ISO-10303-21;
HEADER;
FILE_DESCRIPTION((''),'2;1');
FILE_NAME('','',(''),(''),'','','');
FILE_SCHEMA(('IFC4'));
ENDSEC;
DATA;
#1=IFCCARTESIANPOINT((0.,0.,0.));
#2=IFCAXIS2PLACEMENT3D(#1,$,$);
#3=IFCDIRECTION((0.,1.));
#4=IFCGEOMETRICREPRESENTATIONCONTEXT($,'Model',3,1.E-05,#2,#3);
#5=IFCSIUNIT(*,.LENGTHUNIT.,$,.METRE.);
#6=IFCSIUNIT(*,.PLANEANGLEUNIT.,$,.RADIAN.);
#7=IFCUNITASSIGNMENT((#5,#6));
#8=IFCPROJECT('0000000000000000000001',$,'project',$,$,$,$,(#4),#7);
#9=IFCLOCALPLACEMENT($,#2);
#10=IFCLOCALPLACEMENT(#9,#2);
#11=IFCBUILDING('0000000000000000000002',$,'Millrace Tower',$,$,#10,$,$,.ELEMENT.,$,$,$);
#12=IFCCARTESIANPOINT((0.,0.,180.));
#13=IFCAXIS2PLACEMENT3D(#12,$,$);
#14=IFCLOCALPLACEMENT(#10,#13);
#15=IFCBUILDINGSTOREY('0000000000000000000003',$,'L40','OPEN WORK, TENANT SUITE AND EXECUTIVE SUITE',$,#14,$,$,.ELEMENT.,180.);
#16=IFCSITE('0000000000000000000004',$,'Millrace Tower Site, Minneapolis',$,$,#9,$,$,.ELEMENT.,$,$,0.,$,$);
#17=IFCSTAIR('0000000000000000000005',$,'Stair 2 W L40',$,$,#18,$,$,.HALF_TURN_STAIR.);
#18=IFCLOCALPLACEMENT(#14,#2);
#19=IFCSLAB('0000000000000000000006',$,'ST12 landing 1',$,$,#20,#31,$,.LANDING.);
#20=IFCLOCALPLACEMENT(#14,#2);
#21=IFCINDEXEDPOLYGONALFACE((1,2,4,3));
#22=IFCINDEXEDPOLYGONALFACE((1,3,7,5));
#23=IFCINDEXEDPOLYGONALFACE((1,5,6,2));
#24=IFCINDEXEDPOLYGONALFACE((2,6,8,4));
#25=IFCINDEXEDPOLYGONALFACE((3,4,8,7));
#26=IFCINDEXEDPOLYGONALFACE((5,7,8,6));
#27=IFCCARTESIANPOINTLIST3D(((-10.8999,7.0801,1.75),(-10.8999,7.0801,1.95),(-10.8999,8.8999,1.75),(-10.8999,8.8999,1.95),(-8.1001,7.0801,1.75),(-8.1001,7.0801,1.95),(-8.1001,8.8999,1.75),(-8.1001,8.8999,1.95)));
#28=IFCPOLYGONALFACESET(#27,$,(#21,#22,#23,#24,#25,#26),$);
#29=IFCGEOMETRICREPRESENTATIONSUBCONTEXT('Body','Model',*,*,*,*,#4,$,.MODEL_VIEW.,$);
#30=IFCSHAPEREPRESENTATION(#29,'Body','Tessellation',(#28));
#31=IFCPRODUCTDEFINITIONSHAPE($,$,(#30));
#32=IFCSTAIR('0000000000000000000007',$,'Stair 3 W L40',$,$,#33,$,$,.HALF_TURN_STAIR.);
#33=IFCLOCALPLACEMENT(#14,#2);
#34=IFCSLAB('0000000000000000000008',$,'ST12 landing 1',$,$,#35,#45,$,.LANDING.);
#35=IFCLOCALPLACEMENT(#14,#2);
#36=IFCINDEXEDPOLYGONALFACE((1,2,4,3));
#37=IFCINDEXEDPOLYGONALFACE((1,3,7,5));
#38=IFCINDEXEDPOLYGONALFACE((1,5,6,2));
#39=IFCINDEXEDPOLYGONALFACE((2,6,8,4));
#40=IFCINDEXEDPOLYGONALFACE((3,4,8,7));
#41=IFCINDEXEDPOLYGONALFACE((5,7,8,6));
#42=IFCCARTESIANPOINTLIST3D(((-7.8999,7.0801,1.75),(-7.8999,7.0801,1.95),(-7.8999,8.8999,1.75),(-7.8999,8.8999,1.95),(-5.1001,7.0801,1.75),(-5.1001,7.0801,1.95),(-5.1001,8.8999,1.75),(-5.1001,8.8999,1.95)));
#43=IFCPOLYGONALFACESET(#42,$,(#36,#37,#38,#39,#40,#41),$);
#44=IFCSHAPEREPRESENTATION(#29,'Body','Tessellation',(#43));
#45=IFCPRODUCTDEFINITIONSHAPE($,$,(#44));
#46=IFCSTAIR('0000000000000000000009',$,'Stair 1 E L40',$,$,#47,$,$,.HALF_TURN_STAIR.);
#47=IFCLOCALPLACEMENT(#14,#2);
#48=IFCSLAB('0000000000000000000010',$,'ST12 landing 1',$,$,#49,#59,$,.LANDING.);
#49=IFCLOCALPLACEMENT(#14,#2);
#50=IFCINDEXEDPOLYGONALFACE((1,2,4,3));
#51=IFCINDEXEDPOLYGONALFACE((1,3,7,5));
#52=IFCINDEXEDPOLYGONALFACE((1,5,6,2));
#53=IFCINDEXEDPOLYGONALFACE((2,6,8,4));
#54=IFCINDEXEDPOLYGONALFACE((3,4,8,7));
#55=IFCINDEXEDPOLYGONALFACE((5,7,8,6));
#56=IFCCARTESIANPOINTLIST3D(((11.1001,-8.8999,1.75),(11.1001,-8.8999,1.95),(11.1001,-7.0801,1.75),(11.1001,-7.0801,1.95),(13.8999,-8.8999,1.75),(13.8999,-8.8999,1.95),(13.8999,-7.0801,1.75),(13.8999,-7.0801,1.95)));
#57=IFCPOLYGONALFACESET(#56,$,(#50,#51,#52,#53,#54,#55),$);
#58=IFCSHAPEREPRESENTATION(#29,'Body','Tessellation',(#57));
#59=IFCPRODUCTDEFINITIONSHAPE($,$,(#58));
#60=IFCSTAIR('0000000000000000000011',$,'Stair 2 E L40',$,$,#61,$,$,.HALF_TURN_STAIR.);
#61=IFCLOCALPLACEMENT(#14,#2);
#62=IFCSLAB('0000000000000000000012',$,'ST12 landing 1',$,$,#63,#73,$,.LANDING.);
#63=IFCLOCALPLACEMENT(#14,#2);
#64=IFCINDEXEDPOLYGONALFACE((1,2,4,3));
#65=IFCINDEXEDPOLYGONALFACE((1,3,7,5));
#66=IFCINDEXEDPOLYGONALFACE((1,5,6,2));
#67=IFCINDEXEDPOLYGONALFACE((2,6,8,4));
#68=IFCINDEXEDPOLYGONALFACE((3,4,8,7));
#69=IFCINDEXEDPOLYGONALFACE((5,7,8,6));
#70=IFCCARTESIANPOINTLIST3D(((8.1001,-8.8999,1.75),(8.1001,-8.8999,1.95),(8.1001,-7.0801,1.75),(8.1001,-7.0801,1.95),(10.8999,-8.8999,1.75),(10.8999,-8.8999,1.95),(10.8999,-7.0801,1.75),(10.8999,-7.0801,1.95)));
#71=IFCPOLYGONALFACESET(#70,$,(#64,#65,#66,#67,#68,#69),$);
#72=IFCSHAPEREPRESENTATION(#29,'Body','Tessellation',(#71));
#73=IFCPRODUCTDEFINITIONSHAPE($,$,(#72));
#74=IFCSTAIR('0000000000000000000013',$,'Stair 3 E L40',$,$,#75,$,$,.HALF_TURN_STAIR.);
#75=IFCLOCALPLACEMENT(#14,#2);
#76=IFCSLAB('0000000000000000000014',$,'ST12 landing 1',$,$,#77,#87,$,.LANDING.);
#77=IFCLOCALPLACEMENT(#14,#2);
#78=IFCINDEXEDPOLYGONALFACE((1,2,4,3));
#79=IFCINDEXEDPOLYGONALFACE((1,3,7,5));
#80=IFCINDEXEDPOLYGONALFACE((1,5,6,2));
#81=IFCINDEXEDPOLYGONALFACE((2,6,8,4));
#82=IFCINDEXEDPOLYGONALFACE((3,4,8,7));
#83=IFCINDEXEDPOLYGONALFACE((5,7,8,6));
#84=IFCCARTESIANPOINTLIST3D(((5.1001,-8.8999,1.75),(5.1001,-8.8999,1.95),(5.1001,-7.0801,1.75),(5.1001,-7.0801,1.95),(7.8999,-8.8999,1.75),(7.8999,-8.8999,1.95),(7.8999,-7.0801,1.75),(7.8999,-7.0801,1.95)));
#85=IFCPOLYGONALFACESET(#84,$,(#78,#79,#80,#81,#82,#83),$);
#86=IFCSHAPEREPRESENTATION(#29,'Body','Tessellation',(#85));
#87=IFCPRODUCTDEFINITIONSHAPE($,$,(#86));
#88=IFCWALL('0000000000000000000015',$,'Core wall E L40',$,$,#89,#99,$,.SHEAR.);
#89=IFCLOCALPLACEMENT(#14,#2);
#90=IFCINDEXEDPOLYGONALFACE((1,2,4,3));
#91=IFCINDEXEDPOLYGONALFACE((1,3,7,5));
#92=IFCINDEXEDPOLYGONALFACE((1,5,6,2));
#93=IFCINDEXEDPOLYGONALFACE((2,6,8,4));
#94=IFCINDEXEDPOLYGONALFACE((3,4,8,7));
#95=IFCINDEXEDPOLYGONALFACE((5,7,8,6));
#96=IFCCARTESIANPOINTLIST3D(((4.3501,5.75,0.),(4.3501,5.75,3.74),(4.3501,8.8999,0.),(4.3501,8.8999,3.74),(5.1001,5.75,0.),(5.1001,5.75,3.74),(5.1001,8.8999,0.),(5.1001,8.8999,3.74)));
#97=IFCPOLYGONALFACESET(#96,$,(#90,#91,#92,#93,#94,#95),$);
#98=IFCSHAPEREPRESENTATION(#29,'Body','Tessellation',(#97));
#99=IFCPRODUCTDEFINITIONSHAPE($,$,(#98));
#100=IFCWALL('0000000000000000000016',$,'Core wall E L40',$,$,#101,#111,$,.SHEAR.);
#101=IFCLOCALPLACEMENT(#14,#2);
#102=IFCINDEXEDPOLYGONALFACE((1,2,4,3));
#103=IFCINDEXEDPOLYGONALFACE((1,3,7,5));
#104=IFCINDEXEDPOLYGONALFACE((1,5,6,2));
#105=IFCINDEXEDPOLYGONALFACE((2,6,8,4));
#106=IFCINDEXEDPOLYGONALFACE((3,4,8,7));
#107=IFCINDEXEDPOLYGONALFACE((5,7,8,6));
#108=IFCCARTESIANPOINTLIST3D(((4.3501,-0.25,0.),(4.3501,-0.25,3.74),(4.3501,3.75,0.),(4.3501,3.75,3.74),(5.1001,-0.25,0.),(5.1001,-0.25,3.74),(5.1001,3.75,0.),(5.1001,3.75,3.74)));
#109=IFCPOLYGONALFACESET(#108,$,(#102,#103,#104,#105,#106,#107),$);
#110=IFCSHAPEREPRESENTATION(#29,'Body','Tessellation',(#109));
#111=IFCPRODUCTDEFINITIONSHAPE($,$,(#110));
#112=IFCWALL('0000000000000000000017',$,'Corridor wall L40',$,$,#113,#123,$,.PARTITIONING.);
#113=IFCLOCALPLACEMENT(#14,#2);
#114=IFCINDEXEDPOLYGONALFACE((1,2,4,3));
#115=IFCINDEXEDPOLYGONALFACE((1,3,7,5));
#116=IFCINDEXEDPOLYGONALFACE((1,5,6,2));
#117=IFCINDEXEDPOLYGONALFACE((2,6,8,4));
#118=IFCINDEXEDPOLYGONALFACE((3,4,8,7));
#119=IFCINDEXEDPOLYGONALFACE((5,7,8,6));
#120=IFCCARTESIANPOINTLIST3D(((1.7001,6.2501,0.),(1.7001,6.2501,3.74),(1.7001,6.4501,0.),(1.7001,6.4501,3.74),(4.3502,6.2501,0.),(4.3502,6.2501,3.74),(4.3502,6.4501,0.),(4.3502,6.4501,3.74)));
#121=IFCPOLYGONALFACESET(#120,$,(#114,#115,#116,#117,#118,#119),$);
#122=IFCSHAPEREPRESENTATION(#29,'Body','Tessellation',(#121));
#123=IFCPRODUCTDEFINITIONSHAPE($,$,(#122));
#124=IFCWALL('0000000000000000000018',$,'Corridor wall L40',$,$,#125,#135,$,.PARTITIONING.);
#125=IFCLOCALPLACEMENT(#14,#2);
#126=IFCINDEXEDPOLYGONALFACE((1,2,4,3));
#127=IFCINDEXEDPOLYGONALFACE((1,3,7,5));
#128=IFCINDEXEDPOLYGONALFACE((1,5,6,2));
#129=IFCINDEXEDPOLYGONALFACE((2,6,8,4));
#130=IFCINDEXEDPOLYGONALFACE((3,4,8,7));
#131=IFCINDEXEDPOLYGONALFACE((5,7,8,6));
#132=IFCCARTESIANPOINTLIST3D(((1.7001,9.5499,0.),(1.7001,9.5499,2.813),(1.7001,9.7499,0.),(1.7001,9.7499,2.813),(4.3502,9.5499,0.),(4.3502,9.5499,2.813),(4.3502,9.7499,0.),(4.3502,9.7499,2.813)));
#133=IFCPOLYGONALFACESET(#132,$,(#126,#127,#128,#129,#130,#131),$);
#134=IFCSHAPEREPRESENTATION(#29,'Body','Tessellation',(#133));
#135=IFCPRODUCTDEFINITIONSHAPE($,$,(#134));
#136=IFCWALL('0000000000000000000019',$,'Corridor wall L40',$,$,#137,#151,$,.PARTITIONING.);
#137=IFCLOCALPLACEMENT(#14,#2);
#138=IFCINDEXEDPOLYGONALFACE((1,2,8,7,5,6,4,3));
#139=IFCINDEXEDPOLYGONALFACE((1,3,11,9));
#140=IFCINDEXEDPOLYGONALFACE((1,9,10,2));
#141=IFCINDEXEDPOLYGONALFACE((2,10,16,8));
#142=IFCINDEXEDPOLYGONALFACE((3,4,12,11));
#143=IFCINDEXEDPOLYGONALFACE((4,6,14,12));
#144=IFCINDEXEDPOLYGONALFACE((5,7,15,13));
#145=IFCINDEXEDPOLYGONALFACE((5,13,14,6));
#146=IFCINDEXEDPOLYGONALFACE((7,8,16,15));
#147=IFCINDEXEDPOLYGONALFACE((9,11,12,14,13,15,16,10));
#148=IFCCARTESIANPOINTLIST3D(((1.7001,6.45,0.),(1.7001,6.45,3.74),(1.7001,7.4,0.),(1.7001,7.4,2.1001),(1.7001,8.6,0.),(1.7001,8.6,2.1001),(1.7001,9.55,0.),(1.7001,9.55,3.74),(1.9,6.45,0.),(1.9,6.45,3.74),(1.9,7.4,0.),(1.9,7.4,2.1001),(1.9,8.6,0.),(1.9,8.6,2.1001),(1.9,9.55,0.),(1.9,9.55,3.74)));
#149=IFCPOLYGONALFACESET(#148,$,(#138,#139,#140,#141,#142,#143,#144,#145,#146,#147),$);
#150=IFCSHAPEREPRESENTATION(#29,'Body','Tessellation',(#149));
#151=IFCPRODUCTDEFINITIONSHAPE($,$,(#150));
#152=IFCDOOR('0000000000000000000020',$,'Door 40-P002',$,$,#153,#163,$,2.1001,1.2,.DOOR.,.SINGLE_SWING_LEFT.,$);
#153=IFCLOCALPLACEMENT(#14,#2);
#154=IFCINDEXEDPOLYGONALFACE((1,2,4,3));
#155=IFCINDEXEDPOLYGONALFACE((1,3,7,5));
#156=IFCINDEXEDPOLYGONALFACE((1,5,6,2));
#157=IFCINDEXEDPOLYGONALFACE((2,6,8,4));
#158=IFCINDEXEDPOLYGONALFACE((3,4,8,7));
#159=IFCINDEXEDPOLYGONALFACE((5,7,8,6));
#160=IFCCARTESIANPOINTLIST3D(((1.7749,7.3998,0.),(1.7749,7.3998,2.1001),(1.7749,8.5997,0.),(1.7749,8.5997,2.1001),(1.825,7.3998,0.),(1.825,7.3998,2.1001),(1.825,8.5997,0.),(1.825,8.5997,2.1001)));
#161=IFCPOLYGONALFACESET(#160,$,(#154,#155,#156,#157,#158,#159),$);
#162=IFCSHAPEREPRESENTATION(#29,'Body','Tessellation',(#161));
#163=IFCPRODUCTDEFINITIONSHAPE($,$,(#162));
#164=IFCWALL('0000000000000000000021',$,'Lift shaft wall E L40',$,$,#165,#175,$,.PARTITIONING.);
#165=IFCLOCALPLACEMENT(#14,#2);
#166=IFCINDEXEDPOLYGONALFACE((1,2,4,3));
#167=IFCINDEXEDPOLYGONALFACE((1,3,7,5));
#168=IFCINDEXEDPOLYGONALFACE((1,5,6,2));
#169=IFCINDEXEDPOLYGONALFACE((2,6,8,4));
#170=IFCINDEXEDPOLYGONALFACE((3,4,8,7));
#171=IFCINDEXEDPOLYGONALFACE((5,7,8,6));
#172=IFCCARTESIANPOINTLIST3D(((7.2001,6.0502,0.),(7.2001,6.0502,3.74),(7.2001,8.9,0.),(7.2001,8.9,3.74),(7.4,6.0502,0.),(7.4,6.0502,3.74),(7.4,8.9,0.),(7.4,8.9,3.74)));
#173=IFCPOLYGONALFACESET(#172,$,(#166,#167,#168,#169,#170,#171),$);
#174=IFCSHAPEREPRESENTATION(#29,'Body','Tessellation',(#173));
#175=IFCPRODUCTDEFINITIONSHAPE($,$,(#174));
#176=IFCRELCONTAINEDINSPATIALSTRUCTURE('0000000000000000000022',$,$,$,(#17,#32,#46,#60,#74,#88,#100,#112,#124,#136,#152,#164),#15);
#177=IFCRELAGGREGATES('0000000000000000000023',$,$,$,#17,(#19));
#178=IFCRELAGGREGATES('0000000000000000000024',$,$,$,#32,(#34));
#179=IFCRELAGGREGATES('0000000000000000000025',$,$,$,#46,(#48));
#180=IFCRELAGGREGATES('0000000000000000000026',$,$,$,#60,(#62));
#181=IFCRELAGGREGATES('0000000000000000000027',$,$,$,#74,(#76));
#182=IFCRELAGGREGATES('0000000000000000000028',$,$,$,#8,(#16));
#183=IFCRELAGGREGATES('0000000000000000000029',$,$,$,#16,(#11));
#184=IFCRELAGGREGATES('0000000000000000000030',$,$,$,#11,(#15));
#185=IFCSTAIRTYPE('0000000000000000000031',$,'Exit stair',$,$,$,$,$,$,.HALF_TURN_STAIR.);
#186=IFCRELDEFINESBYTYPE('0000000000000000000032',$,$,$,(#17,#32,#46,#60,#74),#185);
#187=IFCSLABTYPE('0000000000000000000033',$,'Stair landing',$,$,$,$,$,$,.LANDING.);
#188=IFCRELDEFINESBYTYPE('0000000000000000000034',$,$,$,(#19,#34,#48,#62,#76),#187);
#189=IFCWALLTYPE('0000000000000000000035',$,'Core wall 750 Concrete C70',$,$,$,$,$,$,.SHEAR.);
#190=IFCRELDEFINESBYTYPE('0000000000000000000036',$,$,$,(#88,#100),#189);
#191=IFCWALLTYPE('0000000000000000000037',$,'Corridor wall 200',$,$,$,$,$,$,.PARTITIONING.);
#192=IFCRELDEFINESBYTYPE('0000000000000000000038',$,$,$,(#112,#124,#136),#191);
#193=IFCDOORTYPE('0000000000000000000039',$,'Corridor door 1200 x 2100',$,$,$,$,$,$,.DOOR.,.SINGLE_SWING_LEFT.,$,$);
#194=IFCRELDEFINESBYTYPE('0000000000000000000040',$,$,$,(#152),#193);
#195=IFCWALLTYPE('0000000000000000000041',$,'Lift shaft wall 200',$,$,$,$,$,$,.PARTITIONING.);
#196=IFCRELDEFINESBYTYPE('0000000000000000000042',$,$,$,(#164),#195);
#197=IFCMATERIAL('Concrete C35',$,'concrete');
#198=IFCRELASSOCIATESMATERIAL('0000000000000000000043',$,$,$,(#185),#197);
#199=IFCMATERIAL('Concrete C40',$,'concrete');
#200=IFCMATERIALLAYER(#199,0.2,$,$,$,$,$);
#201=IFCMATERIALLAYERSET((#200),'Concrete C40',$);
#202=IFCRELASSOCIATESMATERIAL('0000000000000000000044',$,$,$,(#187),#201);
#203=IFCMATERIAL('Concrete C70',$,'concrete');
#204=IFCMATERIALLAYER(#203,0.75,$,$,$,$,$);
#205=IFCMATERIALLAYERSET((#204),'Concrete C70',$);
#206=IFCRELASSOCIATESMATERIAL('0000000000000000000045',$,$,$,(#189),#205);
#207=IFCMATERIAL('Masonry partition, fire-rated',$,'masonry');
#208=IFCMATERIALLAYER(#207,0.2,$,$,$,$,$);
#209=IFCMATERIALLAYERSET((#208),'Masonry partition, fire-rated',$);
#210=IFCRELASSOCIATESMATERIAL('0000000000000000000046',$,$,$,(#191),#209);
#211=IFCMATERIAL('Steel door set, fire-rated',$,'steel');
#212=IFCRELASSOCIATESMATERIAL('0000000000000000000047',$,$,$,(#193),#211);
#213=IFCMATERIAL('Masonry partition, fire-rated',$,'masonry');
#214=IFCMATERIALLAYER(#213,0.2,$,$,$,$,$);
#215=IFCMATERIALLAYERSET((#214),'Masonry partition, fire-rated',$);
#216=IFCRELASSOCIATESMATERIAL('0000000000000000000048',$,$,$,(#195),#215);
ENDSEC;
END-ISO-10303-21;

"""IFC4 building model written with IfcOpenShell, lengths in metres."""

from ifc_helpers import new_model, si_unit, direction, frame, frame_2d, origin, place, context, subcontext, project, spatial, polyline, rectangle, outline, extrude, material, layer, layer_set, type_object, element, fill, aggregate, save


model = new_model("IFC4")

# Units and contexts
model_context = context("Model", 3, precision=1e-05, world=origin(), true_north=direction((0.0, 1.0)))
body_context = subcontext(model_context, "Body", "Model", "MODEL_VIEW")
ifc_project = project(units=[si_unit("LENGTHUNIT", "METRE"), si_unit("PLANEANGLEUNIT", "RADIAN")], contexts=[model_context])

# Site, building, storey
site_placement = place(None, origin())
site = spatial("IfcSite", under=ifc_project, at=site_placement, Name="Millrace Tower Site, Minneapolis", CompositionType="ELEMENT", RefElevation=0.0)
building_placement = place(site_placement, origin())
building = spatial("IfcBuilding", under=site, at=building_placement, Name="Millrace Tower", CompositionType="ELEMENT")
storey_placement = place(building_placement, frame((0.0, 0.0, 180.0)))
storey = spatial("IfcBuildingStorey", under=building, at=storey_placement, Name="L40", Description="OPEN WORK, TENANT SUITE AND EXECUTIVE SUITE", CompositionType="ELEMENT", Elevation=180.0)

# Shared definitions
placement_1 = place(storey_placement, origin())

# Stairs, slabs
ifc_material_1 = material(Name="Concrete C35", Category="concrete")
stair_type = type_object("IfcStairType", Name="Exit stair", PredefinedType="HALF_TURN_STAIR", material=ifc_material_1)
ifc_material_2 = material(Name="Concrete C40", Category="concrete")
ifc_layer_1 = layer(ifc_material_2, 0.2)
ifc_layer_set_1 = layer_set([ifc_layer_1], Name="Concrete C40")
slab_type = type_object("IfcSlabType", Name="Stair landing", PredefinedType="LANDING", material=ifc_layer_set_1)
placement_2 = place(storey_placement, frame((0.0, 0.0, 1.75)))
stair_1 = element("IfcStair", 1, at=placement_1, inside=storey, type_object=stair_type, Name="Stair 2 W L40", PredefinedType="HALF_TURN_STAIR")
slab_1 = element("IfcSlab", 2, at=placement_2, type_object=slab_type, Name="ST12 landing 1", PredefinedType="LANDING", context=body_context, shape_type="SweptSolid", body=[
    extrude(outline(polyline([(-10.8999, 7.0801), (-8.1001, 7.0801), (-8.1001, 8.8999), (-10.8999, 8.8999), (-10.8999, 7.0801)])), origin(), (0.0, 0.0, 1.0), 0.2),
])
aggregate(stair_1, [slab_1])
stair_2 = element("IfcStair", 3, at=placement_1, inside=storey, type_object=stair_type, Name="Stair 3 W L40", PredefinedType="HALF_TURN_STAIR")
slab_2 = element("IfcSlab", 4, at=placement_2, type_object=slab_type, Name="ST12 landing 1", PredefinedType="LANDING", context=body_context, shape_type="SweptSolid", body=[
    extrude(outline(polyline([(-7.8999, 7.0801), (-5.1001, 7.0801), (-5.1001, 8.8999), (-7.8999, 8.8999), (-7.8999, 7.0801)])), origin(), (0.0, 0.0, 1.0), 0.2),
])
aggregate(stair_2, [slab_2])
stair_3 = element("IfcStair", 5, at=placement_1, inside=storey, type_object=stair_type, Name="Stair 1 E L40", PredefinedType="HALF_TURN_STAIR")
slab_3 = element("IfcSlab", 6, at=placement_2, type_object=slab_type, Name="ST12 landing 1", PredefinedType="LANDING", context=body_context, shape_type="SweptSolid", body=[
    extrude(outline(polyline([(11.1001, -8.8999), (13.8999, -8.8999), (13.8999, -7.0801), (11.1001, -7.0801), (11.1001, -8.8999)])), origin(), (0.0, 0.0, 1.0), 0.2),
])
aggregate(stair_3, [slab_3])
stair_4 = element("IfcStair", 7, at=placement_1, inside=storey, type_object=stair_type, Name="Stair 2 E L40", PredefinedType="HALF_TURN_STAIR")
slab_4 = element("IfcSlab", 8, at=placement_2, type_object=slab_type, Name="ST12 landing 1", PredefinedType="LANDING", context=body_context, shape_type="SweptSolid", body=[
    extrude(outline(polyline([(8.1001, -8.8999), (10.8999, -8.8999), (10.8999, -7.0801), (8.1001, -7.0801), (8.1001, -8.8999)])), origin(), (0.0, 0.0, 1.0), 0.2),
])
aggregate(stair_4, [slab_4])
stair_5 = element("IfcStair", 9, at=placement_1, inside=storey, type_object=stair_type, Name="Stair 3 E L40", PredefinedType="HALF_TURN_STAIR")
slab_5 = element("IfcSlab", 10, at=placement_2, type_object=slab_type, Name="ST12 landing 1", PredefinedType="LANDING", context=body_context, shape_type="SweptSolid", body=[
    extrude(outline(polyline([(5.1001, -8.8999), (7.8999, -8.8999), (7.8999, -7.0801), (5.1001, -7.0801), (5.1001, -8.8999)])), origin(), (0.0, 0.0, 1.0), 0.2),
])
aggregate(stair_5, [slab_5])

# Walls
ifc_material_3 = material(Name="Concrete C70", Category="concrete")
ifc_layer_2 = layer(ifc_material_3, 0.75)
ifc_layer_set_2 = layer_set([ifc_layer_2], Name="Concrete C70")
wall_type_1 = type_object("IfcWallType", Name="Core wall 750 Concrete C70", PredefinedType="SHEAR", material=ifc_layer_set_2)
wall_1_placement = place(storey_placement, frame((4.7251, 8.8999, 0.0), z_axis=(0.0, 0.0, 1.0), x_axis=(0.0, -1.0, 0.0)))
element("IfcWall", 11, at=wall_1_placement, inside=storey, type_object=wall_type_1, Name="Core wall E L40", PredefinedType="SHEAR", context=body_context, shape_type="SweptSolid", body=[
    extrude(rectangle(XDim=3.1499, YDim=0.75, at=frame_2d((1.575, 0.0))), origin(), (0.0, 0.0, 1.0), 3.74),
])
wall_2_placement = place(storey_placement, frame((4.7251, 3.75, 0.0), z_axis=(0.0, 0.0, 1.0), x_axis=(0.0, -1.0, 0.0)))
element("IfcWall", 12, at=wall_2_placement, inside=storey, type_object=wall_type_1, Name="Core wall E L40", PredefinedType="SHEAR", context=body_context, shape_type="SweptSolid", body=[
    extrude(rectangle(XDim=4.0, YDim=0.75, at=frame_2d((2.0, 0.0))), origin(), (0.0, 0.0, 1.0), 3.74),
])
ifc_material_4 = material(Name="Masonry partition, fire-rated", Category="masonry")
ifc_layer_3 = layer(ifc_material_4, 0.2)
ifc_layer_set_3 = layer_set([ifc_layer_3], Name="Masonry partition, fire-rated")
wall_type_2 = type_object("IfcWallType", Name="Corridor wall 200", PredefinedType="PARTITIONING", material=ifc_layer_set_3)
wall_3_placement = place(storey_placement, frame((1.7, 6.3501, 0.0), z_axis=(0.0, 0.0, 1.0), x_axis=(1.0, 0.0, 0.0)))
element("IfcWall", 13, at=wall_3_placement, inside=storey, type_object=wall_type_2, Name="Corridor wall L40", PredefinedType="PARTITIONING", context=body_context, shape_type="SweptSolid", body=[
    extrude(rectangle(XDim=2.6501, YDim=0.2, at=frame_2d((1.3252, 0.0))), origin(), (0.0, 0.0, 1.0), 3.74),
])
wall_4_placement = place(storey_placement, frame((1.7, 9.6499, 0.0), z_axis=(0.0, 0.0, 1.0), x_axis=(1.0, 0.0, 0.0)))
element("IfcWall", 14, at=wall_4_placement, inside=storey, type_object=wall_type_2, Name="Corridor wall L40", PredefinedType="PARTITIONING", context=body_context, shape_type="SweptSolid", body=[
    extrude(rectangle(XDim=2.6501, YDim=0.2, at=frame_2d((1.3252, 0.0))), origin(), (0.0, 0.0, 1.0), 2.813),
])

# Wall, opening, door
wall_5_placement = place(storey_placement, frame((1.8, 6.45, 0.0), z_axis=(0.0, 0.0, 1.0), x_axis=(0.0, 1.0, 0.0)))
wall_5 = element("IfcWall", 15, at=wall_5_placement, inside=storey, type_object=wall_type_2, Name="Corridor wall L40", PredefinedType="PARTITIONING", context=body_context, shape_type="SweptSolid", body=[
    extrude(rectangle(XDim=3.1001, YDim=0.2, at=frame_2d((1.55, 0.0))), origin(), (0.0, 0.0, 1.0), 3.74),
])
opening_1_placement = place(wall_5_placement, frame((0.95, 0.0, 0.0)))
opening_1 = element("IfcOpeningElement", 16, at=opening_1_placement, cuts=wall_5, PredefinedType="OPENING", context=body_context, shape_type="SweptSolid", body=[
    extrude(rectangle(XDim=1.2, YDim=2.1001, at=frame_2d((0.6001, 1.05))), frame((0.0, 0.1099, 0.0), z_axis=(0.0, -1.0, 0.0), x_axis=(1.0, 0.0, 0.0)), (0.0, 0.0, 1.0), 0.22),
])
ifc_material_5 = material(Name="Steel door set, fire-rated", Category="steel")
door_type_1 = type_object("IfcDoorType", Name="Corridor door 1200 x 2100", OperationType="SINGLE_SWING_LEFT", PredefinedType="DOOR", material=ifc_material_5)
door_1_placement = place(opening_1_placement, frame((1.2, 0.0, 0.0), z_axis=(0.0, 0.0, 1.0), x_axis=(-1.0, 0.0, 0.0)))
door_1 = element("IfcDoor", 17, at=door_1_placement, inside=storey, type_object=door_type_1, Name="Door 40-P002", OperationType="SINGLE_SWING_LEFT", OverallHeight=2.1001, OverallWidth=1.2, PredefinedType="DOOR", context=body_context, shape_type="SweptSolid", body=[
    extrude(rectangle(XDim=1.2, YDim=2.1001, at=frame_2d((0.6001, 1.05))), frame((0.0, 0.0249, 0.0), z_axis=(0.0, -1.0, 0.0), x_axis=(1.0, 0.0, 0.0)), (0.0, 0.0, 1.0), 0.05),
])
fill(opening_1, door_1)

# Wall
ifc_material_6 = material(Name="Masonry partition, fire-rated", Category="masonry")
ifc_layer_4 = layer(ifc_material_6, 0.2)
ifc_layer_set_4 = layer_set([ifc_layer_4], Name="Masonry partition, fire-rated")
wall_type_3 = type_object("IfcWallType", Name="Lift shaft wall 200", PredefinedType="PARTITIONING", material=ifc_layer_set_4)
wall_6_placement = place(storey_placement, frame((7.3, 8.8999, 0.0), z_axis=(0.0, 0.0, 1.0), x_axis=(0.0, -1.0, 0.0)))
element("IfcWall", 18, at=wall_6_placement, inside=storey, type_object=wall_type_3, Name="Lift shaft wall E L40", PredefinedType="PARTITIONING", context=body_context, shape_type="SweptSolid", body=[
    extrude(rectangle(XDim=2.8499, YDim=0.2, at=frame_2d((1.4248, 0.0))), origin(), (0.0, 0.0, 1.0), 3.74),
])

save(model, "model.ifc")
